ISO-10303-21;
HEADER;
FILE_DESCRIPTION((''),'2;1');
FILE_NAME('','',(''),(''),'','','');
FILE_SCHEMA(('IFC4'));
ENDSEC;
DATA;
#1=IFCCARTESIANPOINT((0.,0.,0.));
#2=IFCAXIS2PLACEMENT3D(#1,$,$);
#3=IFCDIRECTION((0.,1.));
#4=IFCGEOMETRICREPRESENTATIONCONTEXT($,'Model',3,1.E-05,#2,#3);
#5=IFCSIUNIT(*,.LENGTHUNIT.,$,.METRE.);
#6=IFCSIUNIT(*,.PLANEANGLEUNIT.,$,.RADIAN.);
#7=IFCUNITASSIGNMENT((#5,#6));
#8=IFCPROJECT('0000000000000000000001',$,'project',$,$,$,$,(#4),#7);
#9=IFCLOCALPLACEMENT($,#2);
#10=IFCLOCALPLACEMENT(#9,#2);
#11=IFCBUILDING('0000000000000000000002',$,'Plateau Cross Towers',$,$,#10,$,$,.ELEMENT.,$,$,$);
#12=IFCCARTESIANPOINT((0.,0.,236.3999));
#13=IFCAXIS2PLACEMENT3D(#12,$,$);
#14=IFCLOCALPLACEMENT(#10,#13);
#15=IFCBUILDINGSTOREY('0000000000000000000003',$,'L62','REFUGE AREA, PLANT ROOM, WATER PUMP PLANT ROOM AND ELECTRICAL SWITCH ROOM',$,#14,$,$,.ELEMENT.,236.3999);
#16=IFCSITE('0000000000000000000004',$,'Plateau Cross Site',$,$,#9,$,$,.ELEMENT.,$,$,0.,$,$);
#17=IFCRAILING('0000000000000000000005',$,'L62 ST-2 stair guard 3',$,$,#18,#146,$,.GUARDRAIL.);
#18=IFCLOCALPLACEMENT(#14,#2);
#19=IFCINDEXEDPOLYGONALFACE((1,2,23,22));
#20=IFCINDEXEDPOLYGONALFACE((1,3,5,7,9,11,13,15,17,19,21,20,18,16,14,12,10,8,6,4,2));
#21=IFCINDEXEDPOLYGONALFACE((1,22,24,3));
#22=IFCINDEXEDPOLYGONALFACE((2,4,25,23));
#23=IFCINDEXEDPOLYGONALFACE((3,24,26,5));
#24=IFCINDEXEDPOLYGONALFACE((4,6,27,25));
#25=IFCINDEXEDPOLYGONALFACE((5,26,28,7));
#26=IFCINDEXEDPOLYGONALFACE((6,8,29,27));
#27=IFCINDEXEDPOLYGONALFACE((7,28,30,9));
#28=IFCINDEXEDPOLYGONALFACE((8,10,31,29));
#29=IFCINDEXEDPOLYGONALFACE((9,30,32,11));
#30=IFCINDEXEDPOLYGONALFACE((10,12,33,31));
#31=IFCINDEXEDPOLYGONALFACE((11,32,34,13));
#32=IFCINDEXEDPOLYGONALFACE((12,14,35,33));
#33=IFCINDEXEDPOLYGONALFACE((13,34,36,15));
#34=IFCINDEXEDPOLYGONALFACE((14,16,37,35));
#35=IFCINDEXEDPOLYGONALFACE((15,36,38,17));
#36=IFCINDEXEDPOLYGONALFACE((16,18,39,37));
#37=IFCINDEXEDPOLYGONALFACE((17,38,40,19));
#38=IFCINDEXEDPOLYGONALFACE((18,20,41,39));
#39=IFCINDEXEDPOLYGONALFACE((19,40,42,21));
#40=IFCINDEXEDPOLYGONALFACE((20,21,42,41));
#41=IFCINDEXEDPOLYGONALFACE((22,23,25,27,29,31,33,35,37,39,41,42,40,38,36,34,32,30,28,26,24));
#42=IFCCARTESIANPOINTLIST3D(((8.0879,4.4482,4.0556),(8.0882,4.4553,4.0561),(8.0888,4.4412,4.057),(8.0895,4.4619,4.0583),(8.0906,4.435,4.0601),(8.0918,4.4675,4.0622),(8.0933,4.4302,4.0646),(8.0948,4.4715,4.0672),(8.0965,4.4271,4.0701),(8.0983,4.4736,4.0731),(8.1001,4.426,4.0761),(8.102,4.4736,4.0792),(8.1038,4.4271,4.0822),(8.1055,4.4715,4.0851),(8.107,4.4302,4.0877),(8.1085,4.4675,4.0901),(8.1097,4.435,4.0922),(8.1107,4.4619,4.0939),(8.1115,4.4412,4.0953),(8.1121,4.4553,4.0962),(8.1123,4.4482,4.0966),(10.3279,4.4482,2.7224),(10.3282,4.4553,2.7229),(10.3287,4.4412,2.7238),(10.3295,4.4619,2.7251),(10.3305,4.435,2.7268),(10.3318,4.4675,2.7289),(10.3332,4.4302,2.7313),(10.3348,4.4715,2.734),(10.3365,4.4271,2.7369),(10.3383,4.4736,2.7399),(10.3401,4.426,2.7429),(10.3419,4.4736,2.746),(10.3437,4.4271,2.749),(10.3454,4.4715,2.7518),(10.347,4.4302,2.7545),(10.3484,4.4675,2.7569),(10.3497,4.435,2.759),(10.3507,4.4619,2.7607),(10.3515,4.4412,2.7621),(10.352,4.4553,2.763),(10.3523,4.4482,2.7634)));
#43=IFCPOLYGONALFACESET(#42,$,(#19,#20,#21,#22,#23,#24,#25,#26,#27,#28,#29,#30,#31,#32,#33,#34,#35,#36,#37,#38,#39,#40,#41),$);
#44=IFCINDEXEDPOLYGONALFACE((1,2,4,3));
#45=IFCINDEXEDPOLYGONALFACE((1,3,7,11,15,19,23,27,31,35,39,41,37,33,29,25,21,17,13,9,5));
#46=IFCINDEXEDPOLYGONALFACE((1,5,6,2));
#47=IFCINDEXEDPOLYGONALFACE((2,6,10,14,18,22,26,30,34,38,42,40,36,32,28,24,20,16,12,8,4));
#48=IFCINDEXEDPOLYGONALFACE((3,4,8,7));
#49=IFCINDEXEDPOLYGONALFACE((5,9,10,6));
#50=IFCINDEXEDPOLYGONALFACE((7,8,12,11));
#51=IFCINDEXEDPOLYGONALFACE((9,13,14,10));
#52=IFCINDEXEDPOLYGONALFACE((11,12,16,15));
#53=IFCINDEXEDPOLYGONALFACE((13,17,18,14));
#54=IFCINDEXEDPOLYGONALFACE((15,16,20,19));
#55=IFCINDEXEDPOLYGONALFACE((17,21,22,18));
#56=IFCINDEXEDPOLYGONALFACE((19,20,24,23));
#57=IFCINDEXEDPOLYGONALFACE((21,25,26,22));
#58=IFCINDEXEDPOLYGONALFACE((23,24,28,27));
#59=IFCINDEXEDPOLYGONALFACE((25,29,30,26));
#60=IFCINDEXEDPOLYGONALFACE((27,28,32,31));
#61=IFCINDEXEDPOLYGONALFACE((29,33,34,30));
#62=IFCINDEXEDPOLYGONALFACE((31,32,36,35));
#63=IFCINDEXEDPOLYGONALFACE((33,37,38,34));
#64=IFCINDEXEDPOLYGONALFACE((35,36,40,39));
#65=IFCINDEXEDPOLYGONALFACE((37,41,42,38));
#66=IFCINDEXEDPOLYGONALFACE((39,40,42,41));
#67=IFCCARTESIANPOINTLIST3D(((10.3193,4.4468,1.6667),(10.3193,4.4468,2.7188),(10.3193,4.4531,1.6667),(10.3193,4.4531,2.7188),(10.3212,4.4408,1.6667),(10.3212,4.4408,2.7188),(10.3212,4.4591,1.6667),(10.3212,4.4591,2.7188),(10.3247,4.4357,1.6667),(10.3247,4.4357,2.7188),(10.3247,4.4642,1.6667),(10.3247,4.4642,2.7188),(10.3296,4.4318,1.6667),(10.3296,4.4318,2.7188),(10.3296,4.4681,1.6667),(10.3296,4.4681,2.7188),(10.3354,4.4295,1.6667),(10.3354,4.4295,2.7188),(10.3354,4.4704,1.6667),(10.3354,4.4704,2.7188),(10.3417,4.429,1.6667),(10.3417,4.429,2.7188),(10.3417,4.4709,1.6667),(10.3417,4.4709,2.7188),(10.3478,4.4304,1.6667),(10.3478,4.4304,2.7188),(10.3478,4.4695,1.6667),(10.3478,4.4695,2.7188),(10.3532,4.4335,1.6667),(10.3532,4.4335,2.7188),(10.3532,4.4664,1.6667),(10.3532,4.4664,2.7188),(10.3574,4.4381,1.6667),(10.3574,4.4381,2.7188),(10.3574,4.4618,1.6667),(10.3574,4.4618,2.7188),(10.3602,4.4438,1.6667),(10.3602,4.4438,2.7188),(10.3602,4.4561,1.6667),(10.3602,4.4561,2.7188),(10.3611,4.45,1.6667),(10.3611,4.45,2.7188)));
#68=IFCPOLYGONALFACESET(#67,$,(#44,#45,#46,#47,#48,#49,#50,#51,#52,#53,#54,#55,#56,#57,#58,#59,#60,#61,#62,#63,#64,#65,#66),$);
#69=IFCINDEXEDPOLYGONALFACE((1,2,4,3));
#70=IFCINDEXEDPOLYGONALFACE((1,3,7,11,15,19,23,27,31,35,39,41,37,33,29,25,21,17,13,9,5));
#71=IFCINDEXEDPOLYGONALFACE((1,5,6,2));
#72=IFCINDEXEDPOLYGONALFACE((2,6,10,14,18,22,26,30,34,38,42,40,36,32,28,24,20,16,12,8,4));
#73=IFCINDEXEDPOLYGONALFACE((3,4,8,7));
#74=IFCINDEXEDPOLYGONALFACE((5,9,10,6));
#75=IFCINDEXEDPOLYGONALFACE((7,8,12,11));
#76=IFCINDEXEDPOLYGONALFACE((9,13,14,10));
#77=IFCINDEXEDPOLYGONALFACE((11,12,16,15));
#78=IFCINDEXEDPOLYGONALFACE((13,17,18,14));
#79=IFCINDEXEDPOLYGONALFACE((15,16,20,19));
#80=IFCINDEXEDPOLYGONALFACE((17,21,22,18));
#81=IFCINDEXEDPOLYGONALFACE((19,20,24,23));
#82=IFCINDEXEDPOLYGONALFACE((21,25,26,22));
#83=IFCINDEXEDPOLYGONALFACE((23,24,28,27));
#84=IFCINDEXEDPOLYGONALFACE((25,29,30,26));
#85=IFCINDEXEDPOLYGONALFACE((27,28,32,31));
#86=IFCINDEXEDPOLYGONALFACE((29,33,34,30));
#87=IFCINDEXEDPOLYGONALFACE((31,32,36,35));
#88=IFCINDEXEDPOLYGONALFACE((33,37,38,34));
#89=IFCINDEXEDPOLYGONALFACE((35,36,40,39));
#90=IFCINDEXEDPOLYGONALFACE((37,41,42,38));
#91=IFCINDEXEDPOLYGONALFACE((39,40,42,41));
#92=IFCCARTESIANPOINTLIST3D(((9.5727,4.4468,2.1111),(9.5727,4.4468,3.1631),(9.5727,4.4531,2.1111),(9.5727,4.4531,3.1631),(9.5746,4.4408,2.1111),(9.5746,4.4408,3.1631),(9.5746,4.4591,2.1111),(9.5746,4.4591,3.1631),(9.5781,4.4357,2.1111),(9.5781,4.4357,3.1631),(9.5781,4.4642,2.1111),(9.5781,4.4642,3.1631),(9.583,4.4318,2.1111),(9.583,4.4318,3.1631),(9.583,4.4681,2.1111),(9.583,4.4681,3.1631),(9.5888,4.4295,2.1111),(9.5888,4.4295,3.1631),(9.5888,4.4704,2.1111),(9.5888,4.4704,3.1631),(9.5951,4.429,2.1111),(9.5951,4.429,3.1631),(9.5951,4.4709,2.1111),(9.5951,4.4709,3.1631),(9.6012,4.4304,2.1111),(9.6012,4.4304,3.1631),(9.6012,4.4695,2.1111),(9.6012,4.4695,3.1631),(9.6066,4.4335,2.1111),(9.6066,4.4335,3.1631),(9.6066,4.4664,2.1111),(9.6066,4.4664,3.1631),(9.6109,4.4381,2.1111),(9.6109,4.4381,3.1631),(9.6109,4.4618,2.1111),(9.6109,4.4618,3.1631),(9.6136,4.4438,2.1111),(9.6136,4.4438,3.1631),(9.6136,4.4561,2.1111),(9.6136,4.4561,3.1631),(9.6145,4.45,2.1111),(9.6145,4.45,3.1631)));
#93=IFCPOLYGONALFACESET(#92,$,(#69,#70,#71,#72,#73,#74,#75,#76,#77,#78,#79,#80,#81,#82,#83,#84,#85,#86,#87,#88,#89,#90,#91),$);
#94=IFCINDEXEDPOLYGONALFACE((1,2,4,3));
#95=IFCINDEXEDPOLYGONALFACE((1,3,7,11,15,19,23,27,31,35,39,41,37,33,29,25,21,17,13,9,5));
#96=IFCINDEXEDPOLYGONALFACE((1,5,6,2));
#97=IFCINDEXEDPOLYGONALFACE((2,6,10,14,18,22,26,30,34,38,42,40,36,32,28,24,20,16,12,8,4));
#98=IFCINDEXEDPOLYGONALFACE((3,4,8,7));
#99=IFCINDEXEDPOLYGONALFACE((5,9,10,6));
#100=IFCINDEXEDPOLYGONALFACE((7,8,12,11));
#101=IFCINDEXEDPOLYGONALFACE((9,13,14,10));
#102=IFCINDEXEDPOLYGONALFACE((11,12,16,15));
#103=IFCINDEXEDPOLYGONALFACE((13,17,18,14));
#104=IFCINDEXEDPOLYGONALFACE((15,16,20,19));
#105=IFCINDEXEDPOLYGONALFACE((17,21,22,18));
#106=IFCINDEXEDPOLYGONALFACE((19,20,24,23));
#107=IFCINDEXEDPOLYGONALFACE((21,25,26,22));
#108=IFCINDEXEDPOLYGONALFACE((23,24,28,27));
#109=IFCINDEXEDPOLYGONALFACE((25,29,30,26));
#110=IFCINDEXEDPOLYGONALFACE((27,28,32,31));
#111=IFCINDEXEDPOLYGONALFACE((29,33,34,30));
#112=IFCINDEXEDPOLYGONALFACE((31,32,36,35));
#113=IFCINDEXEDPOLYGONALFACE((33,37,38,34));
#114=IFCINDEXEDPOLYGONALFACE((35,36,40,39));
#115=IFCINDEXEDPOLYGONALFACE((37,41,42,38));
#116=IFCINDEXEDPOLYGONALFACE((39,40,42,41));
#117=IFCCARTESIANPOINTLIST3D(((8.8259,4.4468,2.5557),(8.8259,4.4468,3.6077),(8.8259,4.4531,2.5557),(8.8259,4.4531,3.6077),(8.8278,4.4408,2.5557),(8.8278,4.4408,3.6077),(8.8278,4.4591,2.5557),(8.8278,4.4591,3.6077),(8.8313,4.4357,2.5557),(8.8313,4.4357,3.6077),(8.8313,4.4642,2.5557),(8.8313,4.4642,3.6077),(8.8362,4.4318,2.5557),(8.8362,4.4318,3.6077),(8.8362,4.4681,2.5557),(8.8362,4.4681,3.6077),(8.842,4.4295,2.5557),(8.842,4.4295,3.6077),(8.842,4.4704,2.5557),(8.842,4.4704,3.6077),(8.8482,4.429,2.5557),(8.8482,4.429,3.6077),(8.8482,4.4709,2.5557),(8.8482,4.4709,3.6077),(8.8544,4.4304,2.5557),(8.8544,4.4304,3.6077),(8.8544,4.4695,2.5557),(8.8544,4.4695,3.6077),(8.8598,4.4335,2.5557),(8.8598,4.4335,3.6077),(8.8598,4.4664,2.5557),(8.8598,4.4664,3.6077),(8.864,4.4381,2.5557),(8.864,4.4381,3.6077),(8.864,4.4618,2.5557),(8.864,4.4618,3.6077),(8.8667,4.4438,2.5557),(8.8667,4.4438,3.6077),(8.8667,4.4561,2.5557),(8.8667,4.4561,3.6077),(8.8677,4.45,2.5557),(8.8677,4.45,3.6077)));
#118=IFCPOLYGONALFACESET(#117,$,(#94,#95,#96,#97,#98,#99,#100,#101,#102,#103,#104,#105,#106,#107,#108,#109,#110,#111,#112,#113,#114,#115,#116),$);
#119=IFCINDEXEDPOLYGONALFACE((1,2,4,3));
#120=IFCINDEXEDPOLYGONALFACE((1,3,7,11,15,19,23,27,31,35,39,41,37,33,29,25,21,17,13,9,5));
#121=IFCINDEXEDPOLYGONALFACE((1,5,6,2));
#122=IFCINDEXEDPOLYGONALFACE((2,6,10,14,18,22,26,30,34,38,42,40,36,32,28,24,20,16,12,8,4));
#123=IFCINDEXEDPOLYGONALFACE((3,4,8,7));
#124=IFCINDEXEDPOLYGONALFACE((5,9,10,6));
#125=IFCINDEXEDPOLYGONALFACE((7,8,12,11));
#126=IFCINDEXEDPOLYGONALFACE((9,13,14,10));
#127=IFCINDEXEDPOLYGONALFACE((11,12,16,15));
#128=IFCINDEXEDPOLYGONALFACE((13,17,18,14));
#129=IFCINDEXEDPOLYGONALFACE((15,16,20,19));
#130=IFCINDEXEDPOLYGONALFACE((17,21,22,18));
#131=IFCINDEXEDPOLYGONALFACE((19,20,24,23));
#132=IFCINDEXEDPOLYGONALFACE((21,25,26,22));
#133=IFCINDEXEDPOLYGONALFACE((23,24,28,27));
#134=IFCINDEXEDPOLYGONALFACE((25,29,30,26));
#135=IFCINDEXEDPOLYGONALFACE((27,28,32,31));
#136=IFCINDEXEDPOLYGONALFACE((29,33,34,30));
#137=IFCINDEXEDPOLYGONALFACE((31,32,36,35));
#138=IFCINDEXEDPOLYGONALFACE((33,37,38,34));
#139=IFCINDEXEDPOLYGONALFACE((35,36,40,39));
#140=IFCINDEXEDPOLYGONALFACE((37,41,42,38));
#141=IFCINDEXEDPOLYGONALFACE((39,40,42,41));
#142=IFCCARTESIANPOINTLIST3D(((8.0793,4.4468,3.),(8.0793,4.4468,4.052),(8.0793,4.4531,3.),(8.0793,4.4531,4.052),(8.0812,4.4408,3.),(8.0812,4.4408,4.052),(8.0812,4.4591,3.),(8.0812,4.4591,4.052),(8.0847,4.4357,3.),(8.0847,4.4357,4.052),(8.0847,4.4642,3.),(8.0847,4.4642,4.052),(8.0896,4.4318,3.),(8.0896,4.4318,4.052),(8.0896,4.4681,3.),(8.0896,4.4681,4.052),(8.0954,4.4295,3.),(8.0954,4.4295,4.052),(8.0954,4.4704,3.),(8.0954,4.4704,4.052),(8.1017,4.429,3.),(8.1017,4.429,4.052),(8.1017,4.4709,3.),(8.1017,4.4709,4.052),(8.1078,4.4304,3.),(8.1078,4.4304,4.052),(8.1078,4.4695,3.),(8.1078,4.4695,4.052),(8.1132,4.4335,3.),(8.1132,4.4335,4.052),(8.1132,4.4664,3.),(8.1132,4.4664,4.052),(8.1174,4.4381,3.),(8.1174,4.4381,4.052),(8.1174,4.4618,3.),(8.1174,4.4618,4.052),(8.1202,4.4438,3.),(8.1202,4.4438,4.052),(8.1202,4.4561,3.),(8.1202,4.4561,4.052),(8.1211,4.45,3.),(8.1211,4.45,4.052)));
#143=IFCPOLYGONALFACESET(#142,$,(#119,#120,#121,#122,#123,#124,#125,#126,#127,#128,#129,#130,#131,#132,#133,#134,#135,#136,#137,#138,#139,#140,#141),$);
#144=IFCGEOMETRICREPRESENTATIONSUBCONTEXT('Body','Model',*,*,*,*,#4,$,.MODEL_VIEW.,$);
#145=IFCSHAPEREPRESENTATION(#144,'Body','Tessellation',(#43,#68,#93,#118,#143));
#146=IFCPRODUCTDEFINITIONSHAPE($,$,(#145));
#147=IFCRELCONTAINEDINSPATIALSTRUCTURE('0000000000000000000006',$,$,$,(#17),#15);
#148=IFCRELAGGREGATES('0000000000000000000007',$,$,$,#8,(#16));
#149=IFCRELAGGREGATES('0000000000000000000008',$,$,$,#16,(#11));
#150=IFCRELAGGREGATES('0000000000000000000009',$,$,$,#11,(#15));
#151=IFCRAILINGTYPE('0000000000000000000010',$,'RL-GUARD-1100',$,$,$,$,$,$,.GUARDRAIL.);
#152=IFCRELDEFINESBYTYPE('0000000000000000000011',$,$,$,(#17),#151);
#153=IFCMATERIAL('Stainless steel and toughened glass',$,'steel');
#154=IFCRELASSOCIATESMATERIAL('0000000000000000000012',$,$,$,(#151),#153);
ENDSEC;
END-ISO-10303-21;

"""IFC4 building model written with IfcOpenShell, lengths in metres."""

from ifc_helpers import new_model, si_unit, direction, frame, origin, origin_2d, place, context, subcontext, project, spatial, circle, extrude, material, type_object, element, save


model = new_model("IFC4")

# Units and contexts
model_context = context("Model", 3, precision=1e-05, world=origin(), true_north=direction((0.0, 1.0)))
body_context = subcontext(model_context, "Body", "Model", "MODEL_VIEW")
ifc_project = project(units=[si_unit("LENGTHUNIT", "METRE"), si_unit("PLANEANGLEUNIT", "RADIAN")], contexts=[model_context])

# Site, building, storey
site_placement = place(None, origin())
site = spatial("IfcSite", under=ifc_project, at=site_placement, Name="Plateau Cross Site", CompositionType="ELEMENT", RefElevation=0.0)
building_placement = place(site_placement, origin())
building = spatial("IfcBuilding", under=site, at=building_placement, Name="Plateau Cross Towers", CompositionType="ELEMENT")
storey_placement = place(building_placement, frame((0.0, 0.0, 236.3999)))
storey = spatial("IfcBuildingStorey", under=building, at=storey_placement, Name="L62", Description="REFUGE AREA, PLANT ROOM, WATER PUMP PLANT ROOM AND ELECTRICAL SWITCH ROOM", CompositionType="ELEMENT", Elevation=236.3999)

# Railing
ifc_material_1 = material(Name="Stainless steel and toughened glass", Category="steel")
railing_type_1 = type_object("IfcRailingType", Name="RL-GUARD-1100", PredefinedType="GUARDRAIL", material=ifc_material_1)
railing_1_placement = place(storey_placement, frame((10.3401, 4.45, 1.6667)))
element("IfcRailing", 1, at=railing_1_placement, inside=storey, type_object=railing_type_1, Name="L62 ST-2 stair guard 3", PredefinedType="GUARDRAIL", context=body_context, shape_type="SweptSolid", body=[
    extrude(circle(Radius=0.0239, at=origin_2d()), frame((0.0, 0.0, 1.0762), z_axis=(-0.859306, 0.0, 0.511462), x_axis=(0.0, -1.0, 0.0)), (0.0, 0.0, 1.0), 2.6067),
    extrude(circle(Radius=0.021, at=origin_2d()), origin(), (0.0, 0.0, 1.0), 1.052),
    extrude(circle(Radius=0.021, at=origin_2d()), frame((-0.7466, 0.0, 0.4443)), (0.0, 0.0, 1.0), 1.052),
    extrude(circle(Radius=0.021, at=origin_2d()), frame((-1.4934, 0.0, 0.8889)), (0.0, 0.0, 1.0), 1.052),
    extrude(circle(Radius=0.021, at=origin_2d()), frame((-2.24, 0.0, 1.3333)), (0.0, 0.0, 1.0), 1.052),
])

save(model, "model.ifc")
